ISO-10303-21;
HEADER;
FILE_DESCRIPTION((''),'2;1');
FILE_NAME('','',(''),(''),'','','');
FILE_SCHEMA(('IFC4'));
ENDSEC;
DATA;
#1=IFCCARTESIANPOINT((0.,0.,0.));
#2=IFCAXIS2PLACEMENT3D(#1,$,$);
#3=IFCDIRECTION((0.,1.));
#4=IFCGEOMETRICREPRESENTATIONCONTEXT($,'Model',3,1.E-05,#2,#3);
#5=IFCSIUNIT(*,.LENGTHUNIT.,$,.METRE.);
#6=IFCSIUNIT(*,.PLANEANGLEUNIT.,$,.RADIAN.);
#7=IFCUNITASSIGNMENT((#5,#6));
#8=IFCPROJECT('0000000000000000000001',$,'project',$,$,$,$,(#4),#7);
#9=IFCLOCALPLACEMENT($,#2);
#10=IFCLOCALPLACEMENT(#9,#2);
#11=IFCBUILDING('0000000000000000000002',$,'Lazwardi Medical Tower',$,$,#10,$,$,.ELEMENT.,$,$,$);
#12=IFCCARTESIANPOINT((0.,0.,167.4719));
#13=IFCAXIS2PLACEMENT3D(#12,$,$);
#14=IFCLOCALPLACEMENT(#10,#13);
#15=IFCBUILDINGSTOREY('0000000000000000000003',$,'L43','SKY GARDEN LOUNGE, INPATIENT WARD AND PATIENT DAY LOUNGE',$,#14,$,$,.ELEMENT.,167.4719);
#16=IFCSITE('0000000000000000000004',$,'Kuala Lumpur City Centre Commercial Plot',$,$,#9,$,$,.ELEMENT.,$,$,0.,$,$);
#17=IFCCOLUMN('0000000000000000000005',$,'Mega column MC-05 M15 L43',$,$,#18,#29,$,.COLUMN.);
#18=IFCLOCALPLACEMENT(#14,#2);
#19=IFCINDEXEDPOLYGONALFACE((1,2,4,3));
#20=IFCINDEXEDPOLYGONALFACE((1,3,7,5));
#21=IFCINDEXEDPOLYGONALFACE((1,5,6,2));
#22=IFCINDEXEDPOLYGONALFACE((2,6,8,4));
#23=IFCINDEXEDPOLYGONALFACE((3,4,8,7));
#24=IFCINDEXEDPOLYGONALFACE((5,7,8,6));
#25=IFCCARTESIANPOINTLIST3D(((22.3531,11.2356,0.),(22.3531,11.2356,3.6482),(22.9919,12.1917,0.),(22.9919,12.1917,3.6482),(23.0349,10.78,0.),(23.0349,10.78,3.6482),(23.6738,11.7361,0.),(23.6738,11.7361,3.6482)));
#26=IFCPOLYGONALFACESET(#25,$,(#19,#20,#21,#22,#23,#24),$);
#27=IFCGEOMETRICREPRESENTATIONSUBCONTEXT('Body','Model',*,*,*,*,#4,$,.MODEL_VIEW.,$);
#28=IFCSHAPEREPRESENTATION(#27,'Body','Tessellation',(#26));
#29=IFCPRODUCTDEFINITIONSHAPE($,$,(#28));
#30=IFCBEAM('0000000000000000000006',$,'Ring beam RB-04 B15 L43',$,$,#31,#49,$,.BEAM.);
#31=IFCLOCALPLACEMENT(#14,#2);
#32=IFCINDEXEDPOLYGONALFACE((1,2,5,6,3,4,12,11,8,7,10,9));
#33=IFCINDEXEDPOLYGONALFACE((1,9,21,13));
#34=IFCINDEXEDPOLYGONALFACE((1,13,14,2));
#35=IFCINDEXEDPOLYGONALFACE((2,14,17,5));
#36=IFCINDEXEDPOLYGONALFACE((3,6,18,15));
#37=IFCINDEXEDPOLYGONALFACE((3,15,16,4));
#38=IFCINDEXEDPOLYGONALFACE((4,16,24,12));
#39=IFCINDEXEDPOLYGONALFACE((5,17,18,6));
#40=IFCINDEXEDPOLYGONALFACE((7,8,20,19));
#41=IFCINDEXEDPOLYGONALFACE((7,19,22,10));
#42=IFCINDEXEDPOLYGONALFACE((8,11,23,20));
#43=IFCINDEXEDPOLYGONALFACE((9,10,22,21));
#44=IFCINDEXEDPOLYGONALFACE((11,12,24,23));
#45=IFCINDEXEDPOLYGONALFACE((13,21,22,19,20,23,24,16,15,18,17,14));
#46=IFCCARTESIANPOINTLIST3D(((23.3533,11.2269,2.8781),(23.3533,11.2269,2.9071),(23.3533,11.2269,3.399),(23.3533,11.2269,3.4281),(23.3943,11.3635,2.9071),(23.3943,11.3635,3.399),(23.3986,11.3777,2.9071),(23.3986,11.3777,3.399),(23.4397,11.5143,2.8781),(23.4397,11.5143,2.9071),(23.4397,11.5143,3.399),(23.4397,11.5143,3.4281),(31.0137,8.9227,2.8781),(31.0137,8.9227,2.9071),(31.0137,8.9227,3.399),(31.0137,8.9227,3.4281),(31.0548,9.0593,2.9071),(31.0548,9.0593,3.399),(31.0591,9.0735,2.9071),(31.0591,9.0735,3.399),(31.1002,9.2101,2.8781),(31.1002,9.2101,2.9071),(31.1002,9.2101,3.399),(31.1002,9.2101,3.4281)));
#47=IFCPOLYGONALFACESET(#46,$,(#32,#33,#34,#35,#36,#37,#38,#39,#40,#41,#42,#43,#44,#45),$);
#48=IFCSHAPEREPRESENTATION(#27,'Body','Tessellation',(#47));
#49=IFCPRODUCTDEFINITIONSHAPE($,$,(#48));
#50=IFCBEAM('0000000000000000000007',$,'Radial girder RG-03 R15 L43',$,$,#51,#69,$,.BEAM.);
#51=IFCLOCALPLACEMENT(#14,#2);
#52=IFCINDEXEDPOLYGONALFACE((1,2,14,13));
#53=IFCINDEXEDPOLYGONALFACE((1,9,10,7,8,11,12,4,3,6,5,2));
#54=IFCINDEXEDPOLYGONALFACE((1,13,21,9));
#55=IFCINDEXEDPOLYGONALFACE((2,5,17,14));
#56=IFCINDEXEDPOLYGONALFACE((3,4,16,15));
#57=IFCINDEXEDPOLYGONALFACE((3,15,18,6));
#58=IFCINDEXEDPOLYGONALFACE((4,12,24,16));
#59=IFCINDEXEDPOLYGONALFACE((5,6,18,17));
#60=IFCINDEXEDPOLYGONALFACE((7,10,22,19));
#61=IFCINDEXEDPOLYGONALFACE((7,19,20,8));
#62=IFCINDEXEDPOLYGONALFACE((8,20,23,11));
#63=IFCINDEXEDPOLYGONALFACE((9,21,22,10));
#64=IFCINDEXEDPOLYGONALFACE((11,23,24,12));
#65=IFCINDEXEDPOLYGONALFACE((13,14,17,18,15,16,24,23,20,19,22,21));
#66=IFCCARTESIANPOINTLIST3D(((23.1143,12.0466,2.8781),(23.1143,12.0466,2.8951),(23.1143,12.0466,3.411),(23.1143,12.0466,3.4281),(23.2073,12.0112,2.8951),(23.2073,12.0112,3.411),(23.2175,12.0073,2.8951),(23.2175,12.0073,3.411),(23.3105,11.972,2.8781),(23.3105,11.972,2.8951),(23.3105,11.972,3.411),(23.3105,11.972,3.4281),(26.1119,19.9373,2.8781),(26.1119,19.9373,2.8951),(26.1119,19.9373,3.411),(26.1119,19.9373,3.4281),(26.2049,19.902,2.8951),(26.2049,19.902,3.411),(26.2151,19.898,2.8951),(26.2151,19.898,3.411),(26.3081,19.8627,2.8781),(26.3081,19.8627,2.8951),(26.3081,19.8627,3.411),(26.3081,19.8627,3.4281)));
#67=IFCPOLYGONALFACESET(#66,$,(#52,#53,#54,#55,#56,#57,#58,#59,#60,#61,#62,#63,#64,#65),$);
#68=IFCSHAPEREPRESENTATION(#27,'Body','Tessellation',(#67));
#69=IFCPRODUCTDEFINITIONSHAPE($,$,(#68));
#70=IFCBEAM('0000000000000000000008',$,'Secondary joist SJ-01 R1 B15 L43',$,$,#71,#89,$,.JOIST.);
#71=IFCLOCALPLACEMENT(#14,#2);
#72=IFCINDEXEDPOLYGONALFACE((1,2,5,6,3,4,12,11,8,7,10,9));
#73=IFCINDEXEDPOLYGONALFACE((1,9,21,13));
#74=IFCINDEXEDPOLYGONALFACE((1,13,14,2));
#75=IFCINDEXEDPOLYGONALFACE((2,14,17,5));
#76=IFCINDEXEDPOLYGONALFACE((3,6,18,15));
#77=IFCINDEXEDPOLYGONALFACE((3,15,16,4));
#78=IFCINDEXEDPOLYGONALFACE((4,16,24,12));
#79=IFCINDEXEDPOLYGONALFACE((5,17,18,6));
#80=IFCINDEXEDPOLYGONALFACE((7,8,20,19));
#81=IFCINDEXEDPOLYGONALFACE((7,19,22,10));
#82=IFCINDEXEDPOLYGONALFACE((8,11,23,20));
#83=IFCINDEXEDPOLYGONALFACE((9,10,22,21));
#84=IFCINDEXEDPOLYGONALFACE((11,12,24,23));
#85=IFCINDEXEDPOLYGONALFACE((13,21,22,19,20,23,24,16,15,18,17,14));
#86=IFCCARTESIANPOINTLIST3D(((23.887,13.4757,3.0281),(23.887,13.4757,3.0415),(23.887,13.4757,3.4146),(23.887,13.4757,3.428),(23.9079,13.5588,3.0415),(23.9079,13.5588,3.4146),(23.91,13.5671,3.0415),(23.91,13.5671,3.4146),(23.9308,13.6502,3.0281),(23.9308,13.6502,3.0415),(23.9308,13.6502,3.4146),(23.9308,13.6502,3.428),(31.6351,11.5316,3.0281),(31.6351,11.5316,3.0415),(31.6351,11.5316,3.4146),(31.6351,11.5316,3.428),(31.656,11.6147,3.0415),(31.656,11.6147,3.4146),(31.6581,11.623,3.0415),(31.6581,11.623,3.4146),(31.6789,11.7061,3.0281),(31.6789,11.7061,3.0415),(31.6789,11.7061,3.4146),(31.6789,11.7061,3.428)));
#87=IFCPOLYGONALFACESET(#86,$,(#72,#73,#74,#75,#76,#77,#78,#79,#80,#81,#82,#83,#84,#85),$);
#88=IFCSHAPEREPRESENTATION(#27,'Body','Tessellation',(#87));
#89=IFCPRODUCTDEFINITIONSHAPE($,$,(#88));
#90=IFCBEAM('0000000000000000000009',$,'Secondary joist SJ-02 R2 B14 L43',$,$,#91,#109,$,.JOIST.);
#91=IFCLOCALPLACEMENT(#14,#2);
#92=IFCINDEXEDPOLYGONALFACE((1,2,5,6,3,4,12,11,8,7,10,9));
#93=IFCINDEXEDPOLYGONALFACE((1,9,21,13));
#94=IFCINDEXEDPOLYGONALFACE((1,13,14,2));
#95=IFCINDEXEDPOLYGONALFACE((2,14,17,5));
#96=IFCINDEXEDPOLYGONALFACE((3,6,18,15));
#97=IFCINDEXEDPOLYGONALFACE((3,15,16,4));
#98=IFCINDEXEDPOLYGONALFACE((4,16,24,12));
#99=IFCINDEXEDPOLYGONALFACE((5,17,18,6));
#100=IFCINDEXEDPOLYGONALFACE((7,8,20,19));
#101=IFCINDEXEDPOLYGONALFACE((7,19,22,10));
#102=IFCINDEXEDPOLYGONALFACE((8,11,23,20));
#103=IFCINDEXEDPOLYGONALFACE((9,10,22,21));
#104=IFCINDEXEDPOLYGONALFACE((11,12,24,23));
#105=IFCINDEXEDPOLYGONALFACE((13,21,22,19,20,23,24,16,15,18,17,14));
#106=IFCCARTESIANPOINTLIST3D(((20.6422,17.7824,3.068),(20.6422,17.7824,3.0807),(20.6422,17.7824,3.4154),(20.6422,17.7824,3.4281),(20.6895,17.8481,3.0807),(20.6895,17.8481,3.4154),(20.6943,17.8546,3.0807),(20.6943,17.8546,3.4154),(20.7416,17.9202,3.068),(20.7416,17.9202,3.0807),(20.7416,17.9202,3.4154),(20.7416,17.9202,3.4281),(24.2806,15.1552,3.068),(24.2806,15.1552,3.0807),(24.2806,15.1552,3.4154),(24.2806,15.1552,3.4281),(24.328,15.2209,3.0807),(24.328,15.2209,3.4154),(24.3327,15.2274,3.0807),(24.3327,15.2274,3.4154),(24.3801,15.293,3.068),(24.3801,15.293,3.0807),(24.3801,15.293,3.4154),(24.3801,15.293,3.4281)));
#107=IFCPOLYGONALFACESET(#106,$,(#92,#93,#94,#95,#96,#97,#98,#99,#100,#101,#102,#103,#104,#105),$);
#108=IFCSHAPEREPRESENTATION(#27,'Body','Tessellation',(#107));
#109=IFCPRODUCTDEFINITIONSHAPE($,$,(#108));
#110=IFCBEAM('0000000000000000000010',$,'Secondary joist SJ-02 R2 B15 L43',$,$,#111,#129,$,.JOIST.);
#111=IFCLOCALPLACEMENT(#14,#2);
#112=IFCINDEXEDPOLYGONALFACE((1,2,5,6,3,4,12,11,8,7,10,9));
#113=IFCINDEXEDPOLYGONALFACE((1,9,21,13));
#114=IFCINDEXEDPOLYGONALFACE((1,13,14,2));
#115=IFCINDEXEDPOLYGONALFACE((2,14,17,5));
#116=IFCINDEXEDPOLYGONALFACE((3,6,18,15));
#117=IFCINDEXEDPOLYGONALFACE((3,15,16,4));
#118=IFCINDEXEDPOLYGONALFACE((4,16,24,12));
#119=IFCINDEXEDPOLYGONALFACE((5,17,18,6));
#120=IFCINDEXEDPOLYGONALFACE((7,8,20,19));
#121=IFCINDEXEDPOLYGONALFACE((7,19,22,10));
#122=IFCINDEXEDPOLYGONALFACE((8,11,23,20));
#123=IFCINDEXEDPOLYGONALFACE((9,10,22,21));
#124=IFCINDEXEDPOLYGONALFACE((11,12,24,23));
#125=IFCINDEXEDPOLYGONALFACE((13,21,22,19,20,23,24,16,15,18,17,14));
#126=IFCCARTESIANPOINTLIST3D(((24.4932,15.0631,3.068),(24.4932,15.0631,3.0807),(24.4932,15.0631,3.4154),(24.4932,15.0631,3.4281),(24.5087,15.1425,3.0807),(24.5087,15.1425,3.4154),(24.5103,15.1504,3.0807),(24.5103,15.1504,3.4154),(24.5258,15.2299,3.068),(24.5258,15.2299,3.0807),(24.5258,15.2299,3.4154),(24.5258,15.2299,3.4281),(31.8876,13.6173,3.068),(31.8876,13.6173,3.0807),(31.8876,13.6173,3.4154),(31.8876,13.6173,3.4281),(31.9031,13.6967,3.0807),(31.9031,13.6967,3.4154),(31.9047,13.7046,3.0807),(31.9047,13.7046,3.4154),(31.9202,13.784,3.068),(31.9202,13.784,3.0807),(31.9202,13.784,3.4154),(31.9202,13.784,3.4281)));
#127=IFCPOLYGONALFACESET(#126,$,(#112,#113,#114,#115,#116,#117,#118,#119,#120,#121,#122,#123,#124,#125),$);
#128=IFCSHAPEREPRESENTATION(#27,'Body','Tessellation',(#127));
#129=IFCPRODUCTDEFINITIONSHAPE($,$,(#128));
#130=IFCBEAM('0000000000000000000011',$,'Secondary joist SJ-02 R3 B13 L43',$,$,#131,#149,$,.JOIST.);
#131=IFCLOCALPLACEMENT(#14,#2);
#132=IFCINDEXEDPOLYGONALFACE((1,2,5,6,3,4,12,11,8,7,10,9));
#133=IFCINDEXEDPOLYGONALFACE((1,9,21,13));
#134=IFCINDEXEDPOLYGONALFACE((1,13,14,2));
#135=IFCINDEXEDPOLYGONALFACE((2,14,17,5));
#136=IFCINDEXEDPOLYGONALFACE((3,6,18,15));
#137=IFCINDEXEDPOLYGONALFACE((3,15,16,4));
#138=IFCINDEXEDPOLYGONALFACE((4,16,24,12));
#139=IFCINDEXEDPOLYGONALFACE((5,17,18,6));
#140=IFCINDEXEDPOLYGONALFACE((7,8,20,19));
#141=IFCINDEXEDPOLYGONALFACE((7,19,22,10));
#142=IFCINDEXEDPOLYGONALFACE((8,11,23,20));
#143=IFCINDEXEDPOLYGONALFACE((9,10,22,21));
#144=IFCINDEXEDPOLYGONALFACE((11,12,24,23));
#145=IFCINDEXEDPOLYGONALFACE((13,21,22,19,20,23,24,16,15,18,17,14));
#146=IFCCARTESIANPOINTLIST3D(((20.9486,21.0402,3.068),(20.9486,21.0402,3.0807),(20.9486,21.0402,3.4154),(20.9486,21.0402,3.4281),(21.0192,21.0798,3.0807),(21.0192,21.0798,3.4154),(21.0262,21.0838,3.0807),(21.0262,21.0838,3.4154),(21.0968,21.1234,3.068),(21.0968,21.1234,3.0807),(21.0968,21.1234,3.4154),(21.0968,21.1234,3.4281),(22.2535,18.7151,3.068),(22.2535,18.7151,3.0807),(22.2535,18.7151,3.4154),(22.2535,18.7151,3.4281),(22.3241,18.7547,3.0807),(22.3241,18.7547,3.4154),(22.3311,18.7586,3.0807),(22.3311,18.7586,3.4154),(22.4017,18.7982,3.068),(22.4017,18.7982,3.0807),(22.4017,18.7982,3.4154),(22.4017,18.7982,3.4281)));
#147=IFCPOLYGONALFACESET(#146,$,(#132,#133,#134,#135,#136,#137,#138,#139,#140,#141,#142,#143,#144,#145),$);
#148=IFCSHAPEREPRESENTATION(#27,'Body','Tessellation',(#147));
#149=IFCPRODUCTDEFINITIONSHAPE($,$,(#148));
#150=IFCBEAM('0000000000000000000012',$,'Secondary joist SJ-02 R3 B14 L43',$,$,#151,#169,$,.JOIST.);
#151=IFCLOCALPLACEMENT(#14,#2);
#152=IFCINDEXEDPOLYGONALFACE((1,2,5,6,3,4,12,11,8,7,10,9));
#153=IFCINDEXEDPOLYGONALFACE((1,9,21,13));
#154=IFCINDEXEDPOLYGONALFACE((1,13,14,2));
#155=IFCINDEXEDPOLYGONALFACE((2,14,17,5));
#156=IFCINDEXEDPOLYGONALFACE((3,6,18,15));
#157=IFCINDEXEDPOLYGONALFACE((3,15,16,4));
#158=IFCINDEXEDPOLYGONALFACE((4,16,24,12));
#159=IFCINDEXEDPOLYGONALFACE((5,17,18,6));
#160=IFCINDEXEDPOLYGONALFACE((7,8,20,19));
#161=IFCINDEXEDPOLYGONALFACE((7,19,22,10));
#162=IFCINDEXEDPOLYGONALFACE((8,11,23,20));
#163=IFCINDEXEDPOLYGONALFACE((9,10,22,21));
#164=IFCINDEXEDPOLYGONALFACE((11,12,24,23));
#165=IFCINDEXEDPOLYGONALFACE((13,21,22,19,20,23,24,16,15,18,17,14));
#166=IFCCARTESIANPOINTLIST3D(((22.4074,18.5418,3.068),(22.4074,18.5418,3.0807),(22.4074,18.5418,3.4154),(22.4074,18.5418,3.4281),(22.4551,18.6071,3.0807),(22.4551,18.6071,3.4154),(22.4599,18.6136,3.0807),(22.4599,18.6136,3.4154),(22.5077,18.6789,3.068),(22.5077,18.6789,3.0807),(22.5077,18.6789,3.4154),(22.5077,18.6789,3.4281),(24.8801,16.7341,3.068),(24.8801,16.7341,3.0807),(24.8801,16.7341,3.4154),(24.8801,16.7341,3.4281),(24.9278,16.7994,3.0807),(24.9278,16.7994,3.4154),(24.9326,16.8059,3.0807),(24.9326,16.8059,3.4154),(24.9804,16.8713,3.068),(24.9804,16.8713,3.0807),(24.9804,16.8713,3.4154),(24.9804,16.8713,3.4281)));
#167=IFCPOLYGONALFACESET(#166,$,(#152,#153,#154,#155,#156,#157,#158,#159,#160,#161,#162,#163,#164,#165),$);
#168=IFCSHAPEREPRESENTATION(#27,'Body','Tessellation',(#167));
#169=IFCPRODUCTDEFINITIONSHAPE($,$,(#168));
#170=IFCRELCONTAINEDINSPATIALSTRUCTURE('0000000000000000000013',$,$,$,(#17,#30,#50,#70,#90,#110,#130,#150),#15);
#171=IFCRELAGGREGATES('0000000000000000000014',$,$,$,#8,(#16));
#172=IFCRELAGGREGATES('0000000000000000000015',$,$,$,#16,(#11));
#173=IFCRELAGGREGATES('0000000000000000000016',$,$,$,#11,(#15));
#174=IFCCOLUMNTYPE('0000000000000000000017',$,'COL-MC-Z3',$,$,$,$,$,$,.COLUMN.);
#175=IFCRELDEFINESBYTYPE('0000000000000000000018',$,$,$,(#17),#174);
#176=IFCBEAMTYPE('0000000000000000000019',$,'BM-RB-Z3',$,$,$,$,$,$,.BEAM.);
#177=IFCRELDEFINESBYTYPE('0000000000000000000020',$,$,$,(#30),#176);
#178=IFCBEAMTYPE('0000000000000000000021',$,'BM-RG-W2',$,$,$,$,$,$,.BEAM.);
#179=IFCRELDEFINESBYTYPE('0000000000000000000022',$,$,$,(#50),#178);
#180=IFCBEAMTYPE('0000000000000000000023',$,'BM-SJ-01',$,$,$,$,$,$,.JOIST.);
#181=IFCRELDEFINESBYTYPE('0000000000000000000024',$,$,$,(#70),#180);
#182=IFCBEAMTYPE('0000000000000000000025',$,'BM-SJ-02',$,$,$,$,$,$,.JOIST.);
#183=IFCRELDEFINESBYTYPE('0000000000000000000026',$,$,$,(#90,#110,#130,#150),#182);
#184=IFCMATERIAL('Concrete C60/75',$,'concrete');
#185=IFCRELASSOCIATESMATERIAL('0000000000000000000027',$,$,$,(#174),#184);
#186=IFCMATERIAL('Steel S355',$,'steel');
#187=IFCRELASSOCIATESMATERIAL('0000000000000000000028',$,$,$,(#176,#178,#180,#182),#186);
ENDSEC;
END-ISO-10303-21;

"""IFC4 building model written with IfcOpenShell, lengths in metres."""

from ifc_helpers import new_model, si_unit, direction, frame, origin, origin_2d, place, context, subcontext, project, spatial, rectangle, i_section, extrude, material, material_profile, profile_set, type_object, element, save


model = new_model("IFC4")

# Units and contexts
model_context = context("Model", 3, precision=1e-05, world=origin(), true_north=direction((0.0, 1.0)))
body_context = subcontext(model_context, "Body", "Model", "MODEL_VIEW")
ifc_project = project(units=[si_unit("LENGTHUNIT", "METRE"), si_unit("PLANEANGLEUNIT", "RADIAN")], contexts=[model_context])

# Site, building, storey
site_placement = place(None, origin())
site = spatial("IfcSite", under=ifc_project, at=site_placement, Name="Kuala Lumpur City Centre Commercial Plot", CompositionType="ELEMENT", RefElevation=0.0)
building_placement = place(site_placement, origin())
building = spatial("IfcBuilding", under=site, at=building_placement, Name="Lazwardi Medical Tower", CompositionType="ELEMENT")
storey_placement = place(building_placement, frame((0.0, 0.0, 167.4719)))
storey = spatial("IfcBuildingStorey", under=building, at=storey_placement, Name="L43", Description="SKY GARDEN LOUNGE, INPATIENT WARD AND PATIENT DAY LOUNGE", CompositionType="ELEMENT", Elevation=167.4719)

# Column
ifc_material_1 = material(Name="Concrete C60/75", Category="concrete")
ifc_material_profile_1 = material_profile(ifc_material_1, rectangle(XDim=1.1499, YDim=0.8201, at=origin_2d()), Name="CFT-RECT 1150x820")
ifc_profile_set_1 = profile_set([ifc_material_profile_1], Name="Concrete C60/75")
column_type = type_object("IfcColumnType", Name="COL-MC-Z3", PredefinedType="COLUMN", material=ifc_profile_set_1)
column_placement = place(storey_placement, frame((23.0134, 11.4858, 0.0), z_axis=(0.0, 0.0, 1.0), x_axis=(-0.55557, -0.83147, 0.0)))
element("IfcColumn", 1, at=column_placement, inside=storey, type_object=column_type, Name="Mega column MC-05 M15 L43", PredefinedType="COLUMN", context=body_context, shape_type="SweptSolid", body=[
    extrude(rectangle(XDim=1.1499, YDim=0.8201, at=origin_2d()), origin(), (0.0, 0.0, 1.0), 3.6482),
])

# Beams
ifc_material_2 = material(Name="Steel S355", Category="steel")
ifc_material_profile_2 = material_profile(ifc_material_2, i_section(OverallWidth=0.3, OverallDepth=0.55, WebThickness=0.0149, FlangeThickness=0.0291, at=origin_2d()), Name="HEB 550")
ifc_profile_set_2 = profile_set([ifc_material_profile_2], Name="Steel S355")
beam_type_1 = type_object("IfcBeamType", Name="BM-RB-Z3", PredefinedType="BEAM", material=ifc_profile_set_2)
beam_1_placement = place(storey_placement, frame((23.3965, 11.3706, 3.1531), z_axis=(0.957617, -0.288045, 0.0), x_axis=(0.288045, 0.957617, 0.0)))
element("IfcBeam", 2, at=beam_1_placement, inside=storey, type_object=beam_type_1, Name="Ring beam RB-04 B15 L43", PredefinedType="BEAM", context=body_context, shape_type="SweptSolid", body=[
    extrude(i_section(OverallWidth=0.3, OverallDepth=0.55, WebThickness=0.0149, FlangeThickness=0.0291, at=origin_2d()), origin(), (0.0, 0.0, 1.0), 7.9995),
])
ifc_material_profile_3 = material_profile(ifc_material_2, i_section(OverallWidth=0.21, OverallDepth=0.55, WebThickness=0.011, FlangeThickness=0.0171, at=origin_2d()), Name="IPE 550")
ifc_profile_set_3 = profile_set([ifc_material_profile_3], Name="Steel S355")
beam_type_2 = type_object("IfcBeamType", Name="BM-RG-W2", PredefinedType="BEAM", material=ifc_profile_set_3)
beam_2_placement = place(storey_placement, frame((23.2124, 12.0093, 3.1531), z_axis=(0.355127, 0.934818, 0.0), x_axis=(-0.934818, 0.355127, 0.0)))
element("IfcBeam", 3, at=beam_2_placement, inside=storey, type_object=beam_type_2, Name="Radial girder RG-03 R15 L43", PredefinedType="BEAM", context=body_context, shape_type="SweptSolid", body=[
    extrude(i_section(OverallWidth=0.21, OverallDepth=0.55, WebThickness=0.011, FlangeThickness=0.0171, at=origin_2d()), origin(), (0.0, 0.0, 1.0), 8.4409),
])
ifc_material_profile_4 = material_profile(ifc_material_2, i_section(OverallWidth=0.1799, OverallDepth=0.3999, WebThickness=0.0085, FlangeThickness=0.0134, at=origin_2d()), Name="IPE 400")
ifc_profile_set_4 = profile_set([ifc_material_profile_4], Name="Steel S355")
beam_type_3 = type_object("IfcBeamType", Name="BM-SJ-01", PredefinedType="JOIST", material=ifc_profile_set_4)
beam_3_placement = place(storey_placement, frame((23.9089, 13.563, 3.228), z_axis=(0.969934, -0.24337, 0.0), x_axis=(0.24337, 0.969934, 0.0)))
element("IfcBeam", 4, at=beam_3_placement, inside=storey, type_object=beam_type_3, Name="Secondary joist SJ-01 R1 B15 L43", PredefinedType="JOIST", context=body_context, shape_type="SweptSolid", body=[
    extrude(i_section(OverallWidth=0.1799, OverallDepth=0.3999, WebThickness=0.0085, FlangeThickness=0.0134, at=origin_2d()), origin(), (0.0, 0.0, 1.0), 7.9883),
])
ifc_material_profile_5 = material_profile(ifc_material_2, i_section(OverallWidth=0.1699, OverallDepth=0.3601, WebThickness=0.0081, FlangeThickness=0.0127, at=origin_2d()), Name="IPE 360")
ifc_profile_set_5 = profile_set([ifc_material_profile_5], Name="Steel S355")
beam_type_4 = type_object("IfcBeamType", Name="BM-SJ-02", PredefinedType="JOIST", material=ifc_profile_set_5)
beam_4_placement = place(storey_placement, frame((20.6919, 17.8513, 3.248), z_axis=(0.810738, -0.585409, 0.0), x_axis=(0.585409, 0.810738, 0.0)))
element("IfcBeam", 5, at=beam_4_placement, inside=storey, type_object=beam_type_4, Name="Secondary joist SJ-02 R2 B14 L43", PredefinedType="JOIST", context=body_context, shape_type="SweptSolid", body=[
    extrude(i_section(OverallWidth=0.1699, OverallDepth=0.3601, WebThickness=0.0081, FlangeThickness=0.0127, at=origin_2d()), origin(), (0.0, 0.0, 1.0), 4.4878),
])
beam_5_placement = place(storey_placement, frame((24.5095, 15.1465, 3.248), z_axis=(0.981415, -0.191896, 0.0), x_axis=(0.191896, 0.981415, 0.0)))
element("IfcBeam", 6, at=beam_5_placement, inside=storey, type_object=beam_type_4, Name="Secondary joist SJ-02 R2 B15 L43", PredefinedType="JOIST", context=body_context, shape_type="SweptSolid", body=[
    extrude(i_section(OverallWidth=0.1699, OverallDepth=0.3601, WebThickness=0.0081, FlangeThickness=0.0127, at=origin_2d()), origin(), (0.0, 0.0, 1.0), 7.5344),
])
beam_6_placement = place(storey_placement, frame((21.0227, 21.0818, 3.248), z_axis=(0.489409, -0.872054, 0.0), x_axis=(0.872054, 0.489409, 0.0)))
element("IfcBeam", 7, at=beam_6_placement, inside=storey, type_object=beam_type_4, Name="Secondary joist SJ-02 R3 B13 L43", PredefinedType="JOIST", context=body_context, shape_type="SweptSolid", body=[
    extrude(i_section(OverallWidth=0.1699, OverallDepth=0.3601, WebThickness=0.0081, FlangeThickness=0.0127, at=origin_2d()), origin(), (0.0, 0.0, 1.0), 2.6663),
])
beam_7_placement = place(storey_placement, frame((22.4575, 18.6104, 3.248), z_axis=(0.807286, -0.59016, 0.0), x_axis=(0.59016, 0.807286, 0.0)))
element("IfcBeam", 8, at=beam_7_placement, inside=storey, type_object=beam_type_4, Name="Secondary joist SJ-02 R3 B14 L43", PredefinedType="JOIST", context=body_context, shape_type="SweptSolid", body=[
    extrude(i_section(OverallWidth=0.1699, OverallDepth=0.3601, WebThickness=0.0081, FlangeThickness=0.0127, at=origin_2d()), origin(), (0.0, 0.0, 1.0), 3.063),
])

save(model, "model.ifc")
